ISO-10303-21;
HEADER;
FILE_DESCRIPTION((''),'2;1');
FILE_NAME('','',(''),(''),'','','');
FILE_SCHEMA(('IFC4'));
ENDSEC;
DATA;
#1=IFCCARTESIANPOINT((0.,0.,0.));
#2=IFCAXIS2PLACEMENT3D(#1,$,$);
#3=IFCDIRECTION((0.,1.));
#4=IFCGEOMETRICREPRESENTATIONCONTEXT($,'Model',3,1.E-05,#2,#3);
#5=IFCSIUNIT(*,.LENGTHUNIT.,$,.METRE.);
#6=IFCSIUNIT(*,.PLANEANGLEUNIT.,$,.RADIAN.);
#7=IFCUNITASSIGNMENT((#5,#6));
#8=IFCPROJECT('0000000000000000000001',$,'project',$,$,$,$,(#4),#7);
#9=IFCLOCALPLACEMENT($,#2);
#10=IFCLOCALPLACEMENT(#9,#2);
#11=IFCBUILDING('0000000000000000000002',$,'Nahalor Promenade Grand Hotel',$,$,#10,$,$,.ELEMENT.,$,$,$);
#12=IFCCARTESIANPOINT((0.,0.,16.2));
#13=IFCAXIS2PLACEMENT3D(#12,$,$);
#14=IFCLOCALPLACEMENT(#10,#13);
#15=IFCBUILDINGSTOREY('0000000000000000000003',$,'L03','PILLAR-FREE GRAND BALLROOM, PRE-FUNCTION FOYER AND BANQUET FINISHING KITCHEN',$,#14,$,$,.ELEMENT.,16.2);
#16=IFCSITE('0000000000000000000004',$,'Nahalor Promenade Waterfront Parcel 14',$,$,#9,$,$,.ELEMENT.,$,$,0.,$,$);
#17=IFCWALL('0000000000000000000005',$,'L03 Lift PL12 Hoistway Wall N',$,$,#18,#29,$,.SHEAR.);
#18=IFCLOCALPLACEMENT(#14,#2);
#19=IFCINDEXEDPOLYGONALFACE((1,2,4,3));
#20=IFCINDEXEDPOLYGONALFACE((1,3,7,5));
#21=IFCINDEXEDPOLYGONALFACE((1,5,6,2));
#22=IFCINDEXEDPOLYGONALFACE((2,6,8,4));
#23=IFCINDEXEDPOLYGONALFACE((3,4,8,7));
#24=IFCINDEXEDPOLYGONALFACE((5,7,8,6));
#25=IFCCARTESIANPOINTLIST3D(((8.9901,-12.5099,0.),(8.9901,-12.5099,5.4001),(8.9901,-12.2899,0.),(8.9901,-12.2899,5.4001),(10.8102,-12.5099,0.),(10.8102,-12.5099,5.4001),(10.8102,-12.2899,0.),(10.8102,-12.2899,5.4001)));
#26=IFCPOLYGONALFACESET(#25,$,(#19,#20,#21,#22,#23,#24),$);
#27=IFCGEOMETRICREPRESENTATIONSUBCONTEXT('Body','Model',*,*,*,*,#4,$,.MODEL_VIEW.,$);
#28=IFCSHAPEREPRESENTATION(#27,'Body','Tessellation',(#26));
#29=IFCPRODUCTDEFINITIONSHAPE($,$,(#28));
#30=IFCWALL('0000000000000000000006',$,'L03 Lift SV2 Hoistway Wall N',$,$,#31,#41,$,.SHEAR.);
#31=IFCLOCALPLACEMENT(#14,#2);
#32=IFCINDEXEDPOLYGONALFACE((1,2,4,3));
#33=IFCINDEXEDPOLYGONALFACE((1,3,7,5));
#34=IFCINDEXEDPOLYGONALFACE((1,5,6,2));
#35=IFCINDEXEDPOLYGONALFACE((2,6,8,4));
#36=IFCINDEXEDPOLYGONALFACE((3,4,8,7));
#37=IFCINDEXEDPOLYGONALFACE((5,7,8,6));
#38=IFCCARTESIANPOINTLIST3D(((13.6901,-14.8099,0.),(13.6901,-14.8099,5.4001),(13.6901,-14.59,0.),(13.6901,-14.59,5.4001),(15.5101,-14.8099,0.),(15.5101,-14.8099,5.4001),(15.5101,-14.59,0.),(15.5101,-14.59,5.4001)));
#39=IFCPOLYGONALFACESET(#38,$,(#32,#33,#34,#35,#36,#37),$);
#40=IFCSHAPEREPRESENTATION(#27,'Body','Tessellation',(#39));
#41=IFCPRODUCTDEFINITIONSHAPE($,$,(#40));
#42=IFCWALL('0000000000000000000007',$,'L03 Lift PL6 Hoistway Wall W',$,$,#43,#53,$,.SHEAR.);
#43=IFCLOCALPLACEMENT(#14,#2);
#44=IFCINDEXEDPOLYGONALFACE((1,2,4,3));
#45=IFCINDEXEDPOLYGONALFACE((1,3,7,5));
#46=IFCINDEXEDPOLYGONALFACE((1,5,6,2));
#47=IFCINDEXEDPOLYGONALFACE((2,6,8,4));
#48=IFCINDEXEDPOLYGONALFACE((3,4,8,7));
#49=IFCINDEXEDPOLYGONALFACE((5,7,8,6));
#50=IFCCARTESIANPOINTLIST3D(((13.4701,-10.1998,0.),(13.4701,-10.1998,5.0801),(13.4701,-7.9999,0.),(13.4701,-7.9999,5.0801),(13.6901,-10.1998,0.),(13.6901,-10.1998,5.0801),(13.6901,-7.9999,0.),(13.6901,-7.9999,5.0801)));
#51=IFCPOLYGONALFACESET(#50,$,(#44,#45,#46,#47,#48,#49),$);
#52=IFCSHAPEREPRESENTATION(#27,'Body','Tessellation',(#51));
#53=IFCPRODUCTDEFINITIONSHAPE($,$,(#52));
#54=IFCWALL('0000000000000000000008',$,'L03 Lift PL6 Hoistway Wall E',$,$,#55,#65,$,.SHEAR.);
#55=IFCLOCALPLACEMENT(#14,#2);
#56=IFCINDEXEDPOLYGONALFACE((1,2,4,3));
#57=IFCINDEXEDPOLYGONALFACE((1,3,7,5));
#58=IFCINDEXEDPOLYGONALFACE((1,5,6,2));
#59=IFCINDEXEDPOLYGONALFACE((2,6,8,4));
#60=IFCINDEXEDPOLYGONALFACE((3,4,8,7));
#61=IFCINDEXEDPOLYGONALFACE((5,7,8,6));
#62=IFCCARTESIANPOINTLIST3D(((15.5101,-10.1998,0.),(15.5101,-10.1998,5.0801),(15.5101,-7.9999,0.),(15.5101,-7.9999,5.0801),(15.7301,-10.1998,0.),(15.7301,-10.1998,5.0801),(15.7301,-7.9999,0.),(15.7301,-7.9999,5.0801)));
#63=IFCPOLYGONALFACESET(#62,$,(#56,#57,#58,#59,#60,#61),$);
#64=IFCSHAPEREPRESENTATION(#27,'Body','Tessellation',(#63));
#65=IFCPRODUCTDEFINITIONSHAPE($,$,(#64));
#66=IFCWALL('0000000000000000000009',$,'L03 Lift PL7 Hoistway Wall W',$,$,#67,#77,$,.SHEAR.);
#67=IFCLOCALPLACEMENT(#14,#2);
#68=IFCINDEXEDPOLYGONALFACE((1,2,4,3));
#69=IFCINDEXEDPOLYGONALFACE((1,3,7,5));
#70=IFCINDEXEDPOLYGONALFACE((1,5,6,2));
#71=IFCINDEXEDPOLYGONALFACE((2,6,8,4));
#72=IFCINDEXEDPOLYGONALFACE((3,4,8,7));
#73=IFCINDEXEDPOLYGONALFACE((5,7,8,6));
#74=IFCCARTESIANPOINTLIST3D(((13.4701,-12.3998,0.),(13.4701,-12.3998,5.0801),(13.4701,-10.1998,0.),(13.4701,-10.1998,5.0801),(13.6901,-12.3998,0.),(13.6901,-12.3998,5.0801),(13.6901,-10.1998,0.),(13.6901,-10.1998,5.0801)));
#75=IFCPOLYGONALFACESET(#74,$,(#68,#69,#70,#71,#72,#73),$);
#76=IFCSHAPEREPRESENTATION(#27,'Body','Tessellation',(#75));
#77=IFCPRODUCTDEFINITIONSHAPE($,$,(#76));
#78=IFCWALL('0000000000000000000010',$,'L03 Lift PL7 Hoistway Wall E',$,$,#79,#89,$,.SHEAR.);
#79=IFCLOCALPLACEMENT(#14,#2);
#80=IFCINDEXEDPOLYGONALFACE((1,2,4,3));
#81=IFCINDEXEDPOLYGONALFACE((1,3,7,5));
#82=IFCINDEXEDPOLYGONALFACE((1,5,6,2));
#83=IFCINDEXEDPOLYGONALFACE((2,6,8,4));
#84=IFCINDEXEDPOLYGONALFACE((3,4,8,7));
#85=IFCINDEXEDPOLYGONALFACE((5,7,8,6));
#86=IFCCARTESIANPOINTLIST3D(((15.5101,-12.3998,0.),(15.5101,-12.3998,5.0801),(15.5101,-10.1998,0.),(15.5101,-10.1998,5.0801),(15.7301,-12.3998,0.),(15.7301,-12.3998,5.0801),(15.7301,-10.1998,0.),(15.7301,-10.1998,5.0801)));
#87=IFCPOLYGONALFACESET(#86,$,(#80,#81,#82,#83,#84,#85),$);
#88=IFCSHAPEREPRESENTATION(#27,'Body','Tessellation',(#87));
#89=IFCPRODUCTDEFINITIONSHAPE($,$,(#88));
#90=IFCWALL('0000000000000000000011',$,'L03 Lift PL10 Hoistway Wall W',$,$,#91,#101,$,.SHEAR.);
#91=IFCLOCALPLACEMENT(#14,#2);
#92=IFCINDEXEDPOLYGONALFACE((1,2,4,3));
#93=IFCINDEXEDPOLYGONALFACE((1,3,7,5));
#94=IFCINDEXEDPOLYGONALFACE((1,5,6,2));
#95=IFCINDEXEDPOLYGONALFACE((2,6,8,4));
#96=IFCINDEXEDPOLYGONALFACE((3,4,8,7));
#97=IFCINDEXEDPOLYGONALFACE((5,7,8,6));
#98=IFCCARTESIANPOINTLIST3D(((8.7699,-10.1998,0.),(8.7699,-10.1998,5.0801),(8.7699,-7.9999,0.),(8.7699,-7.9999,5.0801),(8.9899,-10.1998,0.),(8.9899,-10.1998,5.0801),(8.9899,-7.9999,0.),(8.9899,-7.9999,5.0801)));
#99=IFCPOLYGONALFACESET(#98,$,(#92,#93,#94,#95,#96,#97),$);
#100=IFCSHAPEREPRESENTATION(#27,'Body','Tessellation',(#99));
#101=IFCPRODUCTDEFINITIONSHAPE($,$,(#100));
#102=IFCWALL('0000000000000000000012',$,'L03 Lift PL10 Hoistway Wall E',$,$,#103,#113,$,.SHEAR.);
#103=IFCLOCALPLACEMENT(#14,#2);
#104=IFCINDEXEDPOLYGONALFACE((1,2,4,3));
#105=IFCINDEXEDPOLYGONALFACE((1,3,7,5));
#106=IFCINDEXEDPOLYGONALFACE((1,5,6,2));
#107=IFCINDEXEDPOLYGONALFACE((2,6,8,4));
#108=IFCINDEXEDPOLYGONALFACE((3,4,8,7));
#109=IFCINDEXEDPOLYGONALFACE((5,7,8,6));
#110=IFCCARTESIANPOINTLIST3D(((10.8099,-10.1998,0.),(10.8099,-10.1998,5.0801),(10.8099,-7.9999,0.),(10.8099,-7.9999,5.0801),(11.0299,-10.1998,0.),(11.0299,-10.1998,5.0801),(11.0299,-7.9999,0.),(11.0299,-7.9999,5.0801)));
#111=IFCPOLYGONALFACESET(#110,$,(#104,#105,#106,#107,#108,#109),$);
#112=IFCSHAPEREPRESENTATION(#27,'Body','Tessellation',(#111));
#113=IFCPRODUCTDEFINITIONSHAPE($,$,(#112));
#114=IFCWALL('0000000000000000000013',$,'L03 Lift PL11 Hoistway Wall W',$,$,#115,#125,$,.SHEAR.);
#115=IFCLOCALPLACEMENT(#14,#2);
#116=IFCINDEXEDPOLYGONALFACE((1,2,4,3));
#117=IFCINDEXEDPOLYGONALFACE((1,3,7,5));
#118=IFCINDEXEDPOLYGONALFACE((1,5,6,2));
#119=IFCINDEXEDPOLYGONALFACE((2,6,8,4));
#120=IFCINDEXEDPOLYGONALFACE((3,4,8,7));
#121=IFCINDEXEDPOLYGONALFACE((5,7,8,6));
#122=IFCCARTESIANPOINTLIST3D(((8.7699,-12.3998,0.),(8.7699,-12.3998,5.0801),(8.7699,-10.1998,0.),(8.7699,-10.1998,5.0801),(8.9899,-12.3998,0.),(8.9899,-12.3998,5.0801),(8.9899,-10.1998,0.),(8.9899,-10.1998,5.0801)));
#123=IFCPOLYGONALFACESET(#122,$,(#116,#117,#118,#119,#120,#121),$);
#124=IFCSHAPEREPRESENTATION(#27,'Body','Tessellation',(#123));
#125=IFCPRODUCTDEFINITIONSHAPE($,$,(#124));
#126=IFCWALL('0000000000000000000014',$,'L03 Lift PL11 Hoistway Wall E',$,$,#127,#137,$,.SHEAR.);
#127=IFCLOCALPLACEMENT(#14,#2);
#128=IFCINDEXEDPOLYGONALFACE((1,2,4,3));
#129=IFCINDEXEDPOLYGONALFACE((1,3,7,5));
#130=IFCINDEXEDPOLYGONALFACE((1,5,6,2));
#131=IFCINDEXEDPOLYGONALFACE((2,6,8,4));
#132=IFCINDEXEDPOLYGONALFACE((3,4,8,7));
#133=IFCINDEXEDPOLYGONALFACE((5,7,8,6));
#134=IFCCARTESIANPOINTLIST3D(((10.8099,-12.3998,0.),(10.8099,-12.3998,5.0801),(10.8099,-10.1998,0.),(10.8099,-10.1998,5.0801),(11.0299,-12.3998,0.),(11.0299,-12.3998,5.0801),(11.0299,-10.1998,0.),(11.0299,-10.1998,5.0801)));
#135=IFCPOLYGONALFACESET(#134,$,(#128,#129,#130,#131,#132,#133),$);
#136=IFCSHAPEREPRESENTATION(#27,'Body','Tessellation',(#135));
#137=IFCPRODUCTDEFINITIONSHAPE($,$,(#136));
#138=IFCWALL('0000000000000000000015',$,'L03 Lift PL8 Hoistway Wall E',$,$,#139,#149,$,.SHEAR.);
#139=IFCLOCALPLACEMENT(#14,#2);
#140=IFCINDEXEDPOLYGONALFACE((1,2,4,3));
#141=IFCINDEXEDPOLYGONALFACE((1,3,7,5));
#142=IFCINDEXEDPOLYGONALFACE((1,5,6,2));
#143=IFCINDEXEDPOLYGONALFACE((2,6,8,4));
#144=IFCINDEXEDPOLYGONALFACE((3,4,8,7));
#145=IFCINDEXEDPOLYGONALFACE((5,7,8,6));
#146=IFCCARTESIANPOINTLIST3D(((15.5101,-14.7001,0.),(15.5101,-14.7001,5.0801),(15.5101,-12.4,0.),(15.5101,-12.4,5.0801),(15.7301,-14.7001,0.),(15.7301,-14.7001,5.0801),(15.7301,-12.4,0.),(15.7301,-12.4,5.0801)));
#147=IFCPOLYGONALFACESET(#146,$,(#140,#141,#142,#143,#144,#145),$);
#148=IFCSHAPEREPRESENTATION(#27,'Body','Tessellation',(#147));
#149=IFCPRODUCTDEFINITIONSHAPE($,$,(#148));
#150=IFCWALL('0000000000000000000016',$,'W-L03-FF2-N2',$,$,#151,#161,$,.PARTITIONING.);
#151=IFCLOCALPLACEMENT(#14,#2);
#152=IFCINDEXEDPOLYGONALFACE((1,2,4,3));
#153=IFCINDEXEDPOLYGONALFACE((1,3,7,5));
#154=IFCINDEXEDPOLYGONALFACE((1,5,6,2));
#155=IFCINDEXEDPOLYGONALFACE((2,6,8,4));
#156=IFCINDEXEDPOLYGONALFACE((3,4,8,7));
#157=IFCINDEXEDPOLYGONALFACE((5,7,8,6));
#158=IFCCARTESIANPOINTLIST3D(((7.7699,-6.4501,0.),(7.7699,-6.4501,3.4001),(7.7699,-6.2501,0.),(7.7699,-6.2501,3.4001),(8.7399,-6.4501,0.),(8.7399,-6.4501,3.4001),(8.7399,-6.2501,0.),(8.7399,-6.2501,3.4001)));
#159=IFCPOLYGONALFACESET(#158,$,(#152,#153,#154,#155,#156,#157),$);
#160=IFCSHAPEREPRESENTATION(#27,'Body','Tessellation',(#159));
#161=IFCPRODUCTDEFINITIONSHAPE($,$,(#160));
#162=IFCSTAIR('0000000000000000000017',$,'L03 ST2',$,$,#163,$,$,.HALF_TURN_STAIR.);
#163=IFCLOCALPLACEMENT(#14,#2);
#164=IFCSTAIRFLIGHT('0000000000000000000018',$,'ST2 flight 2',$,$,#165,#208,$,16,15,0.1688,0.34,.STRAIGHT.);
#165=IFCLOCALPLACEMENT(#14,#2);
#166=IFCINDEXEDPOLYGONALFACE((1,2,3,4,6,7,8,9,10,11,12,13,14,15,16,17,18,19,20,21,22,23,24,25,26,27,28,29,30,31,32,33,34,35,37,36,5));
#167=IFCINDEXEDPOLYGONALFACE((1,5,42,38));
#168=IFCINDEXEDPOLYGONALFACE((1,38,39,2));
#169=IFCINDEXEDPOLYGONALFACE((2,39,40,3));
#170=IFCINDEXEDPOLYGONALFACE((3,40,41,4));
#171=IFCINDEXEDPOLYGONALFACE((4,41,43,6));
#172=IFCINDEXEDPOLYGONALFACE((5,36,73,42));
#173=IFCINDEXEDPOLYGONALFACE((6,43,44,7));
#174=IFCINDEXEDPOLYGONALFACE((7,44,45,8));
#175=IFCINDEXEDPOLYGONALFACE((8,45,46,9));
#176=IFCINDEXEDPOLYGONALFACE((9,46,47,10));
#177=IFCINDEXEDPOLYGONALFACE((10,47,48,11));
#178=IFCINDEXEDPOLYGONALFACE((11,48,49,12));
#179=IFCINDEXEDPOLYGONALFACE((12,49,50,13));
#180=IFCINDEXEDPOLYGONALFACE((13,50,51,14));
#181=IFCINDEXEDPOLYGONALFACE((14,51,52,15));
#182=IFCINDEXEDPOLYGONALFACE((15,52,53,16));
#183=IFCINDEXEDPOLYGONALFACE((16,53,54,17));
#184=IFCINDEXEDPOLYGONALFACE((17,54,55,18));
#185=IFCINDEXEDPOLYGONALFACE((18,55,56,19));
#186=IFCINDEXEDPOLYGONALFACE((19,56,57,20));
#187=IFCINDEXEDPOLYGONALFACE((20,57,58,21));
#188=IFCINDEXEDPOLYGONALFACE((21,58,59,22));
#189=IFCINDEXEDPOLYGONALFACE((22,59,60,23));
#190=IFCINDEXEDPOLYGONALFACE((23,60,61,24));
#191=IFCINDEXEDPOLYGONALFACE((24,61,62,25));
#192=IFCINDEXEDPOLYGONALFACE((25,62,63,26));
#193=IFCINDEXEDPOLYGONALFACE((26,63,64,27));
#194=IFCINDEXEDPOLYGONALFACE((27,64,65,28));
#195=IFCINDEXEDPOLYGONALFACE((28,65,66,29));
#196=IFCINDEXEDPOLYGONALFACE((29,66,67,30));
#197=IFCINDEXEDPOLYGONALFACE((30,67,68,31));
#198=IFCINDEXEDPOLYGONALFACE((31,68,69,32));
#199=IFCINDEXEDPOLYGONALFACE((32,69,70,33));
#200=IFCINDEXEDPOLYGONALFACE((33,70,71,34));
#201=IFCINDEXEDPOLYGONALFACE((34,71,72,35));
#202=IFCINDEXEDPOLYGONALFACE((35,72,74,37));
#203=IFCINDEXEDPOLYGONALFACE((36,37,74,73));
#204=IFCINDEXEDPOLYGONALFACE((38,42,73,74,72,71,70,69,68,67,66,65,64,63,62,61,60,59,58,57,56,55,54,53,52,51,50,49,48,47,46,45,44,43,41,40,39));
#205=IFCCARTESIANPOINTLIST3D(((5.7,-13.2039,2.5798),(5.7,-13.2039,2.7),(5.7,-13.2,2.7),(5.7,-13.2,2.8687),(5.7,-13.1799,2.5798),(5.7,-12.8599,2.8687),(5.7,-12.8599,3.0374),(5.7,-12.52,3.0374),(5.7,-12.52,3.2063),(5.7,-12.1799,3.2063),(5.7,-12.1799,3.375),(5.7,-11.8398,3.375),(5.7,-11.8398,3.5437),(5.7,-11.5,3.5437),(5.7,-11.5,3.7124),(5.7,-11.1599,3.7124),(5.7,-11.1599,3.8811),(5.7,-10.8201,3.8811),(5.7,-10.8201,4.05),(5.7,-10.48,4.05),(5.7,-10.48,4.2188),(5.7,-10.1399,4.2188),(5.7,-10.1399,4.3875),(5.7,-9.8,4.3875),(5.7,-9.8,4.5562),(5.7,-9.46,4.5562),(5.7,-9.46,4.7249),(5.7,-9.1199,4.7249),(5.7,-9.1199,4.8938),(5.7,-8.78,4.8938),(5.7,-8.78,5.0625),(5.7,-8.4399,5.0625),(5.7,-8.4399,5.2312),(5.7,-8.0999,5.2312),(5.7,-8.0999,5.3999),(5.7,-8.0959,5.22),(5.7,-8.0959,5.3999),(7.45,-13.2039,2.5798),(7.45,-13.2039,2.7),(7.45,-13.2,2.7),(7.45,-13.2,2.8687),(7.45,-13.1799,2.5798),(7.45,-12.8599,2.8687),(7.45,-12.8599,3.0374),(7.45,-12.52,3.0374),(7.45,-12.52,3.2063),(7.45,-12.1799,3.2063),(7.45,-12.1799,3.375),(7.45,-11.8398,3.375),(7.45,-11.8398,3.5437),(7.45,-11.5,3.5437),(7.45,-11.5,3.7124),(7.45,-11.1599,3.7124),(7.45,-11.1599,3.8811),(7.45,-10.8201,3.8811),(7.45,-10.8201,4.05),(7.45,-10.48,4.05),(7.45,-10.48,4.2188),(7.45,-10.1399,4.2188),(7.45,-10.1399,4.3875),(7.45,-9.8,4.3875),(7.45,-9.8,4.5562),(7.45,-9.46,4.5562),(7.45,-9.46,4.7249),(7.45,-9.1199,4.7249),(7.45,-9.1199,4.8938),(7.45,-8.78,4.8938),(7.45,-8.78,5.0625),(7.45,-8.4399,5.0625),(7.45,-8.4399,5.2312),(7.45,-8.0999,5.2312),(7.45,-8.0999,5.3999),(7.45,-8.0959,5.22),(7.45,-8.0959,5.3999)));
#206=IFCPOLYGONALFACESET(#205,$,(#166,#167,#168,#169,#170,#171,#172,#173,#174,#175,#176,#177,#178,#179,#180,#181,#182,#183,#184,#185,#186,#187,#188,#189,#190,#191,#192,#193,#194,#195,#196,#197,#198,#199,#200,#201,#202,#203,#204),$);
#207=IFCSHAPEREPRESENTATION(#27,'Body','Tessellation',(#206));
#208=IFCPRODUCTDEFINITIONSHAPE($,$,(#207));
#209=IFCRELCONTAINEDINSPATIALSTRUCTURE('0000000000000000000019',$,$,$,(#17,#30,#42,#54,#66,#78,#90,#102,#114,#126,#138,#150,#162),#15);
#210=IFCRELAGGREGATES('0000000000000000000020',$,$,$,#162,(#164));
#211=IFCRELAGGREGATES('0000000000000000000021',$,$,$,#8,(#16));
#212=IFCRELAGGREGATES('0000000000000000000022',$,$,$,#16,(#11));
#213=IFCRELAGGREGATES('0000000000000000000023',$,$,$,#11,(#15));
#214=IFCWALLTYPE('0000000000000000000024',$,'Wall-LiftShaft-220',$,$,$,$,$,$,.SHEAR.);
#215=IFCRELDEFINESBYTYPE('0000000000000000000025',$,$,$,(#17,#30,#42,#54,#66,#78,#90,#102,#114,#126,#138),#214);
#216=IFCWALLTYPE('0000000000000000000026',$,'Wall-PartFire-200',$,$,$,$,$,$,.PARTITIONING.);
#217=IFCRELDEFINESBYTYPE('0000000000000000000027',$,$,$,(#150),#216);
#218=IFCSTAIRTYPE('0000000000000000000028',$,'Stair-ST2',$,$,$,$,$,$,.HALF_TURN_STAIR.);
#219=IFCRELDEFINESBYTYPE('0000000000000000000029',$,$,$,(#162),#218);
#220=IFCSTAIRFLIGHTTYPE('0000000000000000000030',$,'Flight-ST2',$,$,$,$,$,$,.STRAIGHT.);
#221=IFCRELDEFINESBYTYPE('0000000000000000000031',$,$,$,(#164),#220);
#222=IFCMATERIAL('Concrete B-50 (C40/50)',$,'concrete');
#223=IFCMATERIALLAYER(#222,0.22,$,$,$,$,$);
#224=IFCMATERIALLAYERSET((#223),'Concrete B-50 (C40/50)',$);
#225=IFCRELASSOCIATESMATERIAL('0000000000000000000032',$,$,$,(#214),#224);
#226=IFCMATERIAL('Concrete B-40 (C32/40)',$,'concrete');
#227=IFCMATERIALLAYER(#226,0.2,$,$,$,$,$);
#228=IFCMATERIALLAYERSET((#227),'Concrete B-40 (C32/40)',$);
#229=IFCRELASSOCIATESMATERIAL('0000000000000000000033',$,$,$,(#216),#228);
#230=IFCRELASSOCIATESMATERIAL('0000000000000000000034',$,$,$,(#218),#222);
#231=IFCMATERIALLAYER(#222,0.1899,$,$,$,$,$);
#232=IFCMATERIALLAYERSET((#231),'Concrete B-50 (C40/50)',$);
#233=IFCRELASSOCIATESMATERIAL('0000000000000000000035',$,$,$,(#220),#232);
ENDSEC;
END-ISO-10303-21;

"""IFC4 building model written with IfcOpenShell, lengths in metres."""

from ifc_helpers import new_model, si_unit, direction, frame, frame_2d, origin, place, context, subcontext, project, spatial, polyline, rectangle, outline, extrude, source, transform, mapped, material, layer, layer_set, type_object, element, aggregate, save


model = new_model("IFC4")

# Units and contexts
model_context = context("Model", 3, precision=1e-05, world=origin(), true_north=direction((0.0, 1.0)))
body_context = subcontext(model_context, "Body", "Model", "MODEL_VIEW")
ifc_project = project(units=[si_unit("LENGTHUNIT", "METRE"), si_unit("PLANEANGLEUNIT", "RADIAN")], contexts=[model_context])

# Site, building, storey
site_placement = place(None, origin())
site = spatial("IfcSite", under=ifc_project, at=site_placement, Name="Nahalor Promenade Waterfront Parcel 14", CompositionType="ELEMENT", RefElevation=0.0)
building_placement = place(site_placement, origin())
building = spatial("IfcBuilding", under=site, at=building_placement, Name="Nahalor Promenade Grand Hotel", CompositionType="ELEMENT")
storey_placement = place(building_placement, frame((0.0, 0.0, 16.2)))
storey = spatial("IfcBuildingStorey", under=building, at=storey_placement, Name="L03", Description="PILLAR-FREE GRAND BALLROOM, PRE-FUNCTION FOYER AND BANQUET FINISHING KITCHEN", CompositionType="ELEMENT", Elevation=16.2)

# Walls
ifc_material_1 = material(Name="Concrete B-50 (C40/50)", Category="concrete")
ifc_layer_1 = layer(ifc_material_1, 0.22)
ifc_layer_set_1 = layer_set([ifc_layer_1], Name="Concrete B-50 (C40/50)")
wall_type_1 = type_object("IfcWallType", Name="Wall-LiftShaft-220", PredefinedType="SHEAR", material=ifc_layer_set_1)
shared_shape_1 = source(origin(), body_context, "Body", "SweptSolid", [
    extrude(rectangle(XDim=1.8201, YDim=0.22, at=frame_2d((0.9102, 0.0))), origin(), (0.0, 0.0, 1.0), 5.4001),
])
for number, where, z_axis, x_axis, name in (
    (1, (8.99, -12.3999, 0.0), (0.0, 0.0, 1.0), (1.0, 0.0, 0.0), "L03 Lift PL12 Hoistway Wall N"),
    (2, (13.6899, -14.7, 0.0), (0.0, 0.0, 1.0), (1.0, 0.0, 0.0), "L03 Lift SV2 Hoistway Wall N"),
):
    element("IfcWall", number, at=place(storey_placement, frame(where, z_axis=z_axis, x_axis=x_axis)), inside=storey, type_object=wall_type_1, Name=name, PredefinedType="SHEAR", context=body_context, shape_type="MappedRepresentation", body=[
        mapped(shared_shape_1, transform((0.0, 0.0, 0.0), scale=1.0)),
    ])
shared_shape_2 = source(origin(), body_context, "Body", "SweptSolid", [
    extrude(rectangle(XDim=2.2, YDim=0.22, at=frame_2d((1.1001, 0.0))), origin(), (0.0, 0.0, 1.0), 5.0801),
])
for number, where, z_axis, x_axis, name in (
    (3, (13.5801, -10.2, 0.0), (0.0, 0.0, 1.0), (0.0, 1.0, 0.0), "L03 Lift PL6 Hoistway Wall W"),
    (4, (15.6201, -10.2, 0.0), (0.0, 0.0, 1.0), (0.0, 1.0, 0.0), "L03 Lift PL6 Hoistway Wall E"),
    (5, (13.5801, -12.3999, 0.0), (0.0, 0.0, 1.0), (0.0, 1.0, 0.0), "L03 Lift PL7 Hoistway Wall W"),
    (6, (15.6201, -12.3999, 0.0), (0.0, 0.0, 1.0), (0.0, 1.0, 0.0), "L03 Lift PL7 Hoistway Wall E"),
    (7, (8.8799, -10.2, 0.0), (0.0, 0.0, 1.0), (0.0, 1.0, 0.0), "L03 Lift PL10 Hoistway Wall W"),
    (8, (10.9199, -10.2, 0.0), (0.0, 0.0, 1.0), (0.0, 1.0, 0.0), "L03 Lift PL10 Hoistway Wall E"),
    (9, (8.8799, -12.3999, 0.0), (0.0, 0.0, 1.0), (0.0, 1.0, 0.0), "L03 Lift PL11 Hoistway Wall W"),
    (10, (10.9199, -12.3999, 0.0), (0.0, 0.0, 1.0), (0.0, 1.0, 0.0), "L03 Lift PL11 Hoistway Wall E"),
):
    element("IfcWall", number, at=place(storey_placement, frame(where, z_axis=z_axis, x_axis=x_axis)), inside=storey, type_object=wall_type_1, Name=name, PredefinedType="SHEAR", context=body_context, shape_type="MappedRepresentation", body=[
        mapped(shared_shape_2, transform((0.0, 0.0, 0.0), scale=1.0)),
    ])
shared_shape_3 = source(origin(), body_context, "Body", "SweptSolid", [
    extrude(rectangle(XDim=2.3, YDim=0.22, at=frame_2d((1.1499, 0.0))), origin(), (0.0, 0.0, 1.0), 5.0801),
])
wall_1_placement = place(storey_placement, frame((15.6201, -14.7, 0.0), z_axis=(0.0, 0.0, 1.0), x_axis=(0.0, 1.0, 0.0)))
element("IfcWall", 11, at=wall_1_placement, inside=storey, type_object=wall_type_1, Name="L03 Lift PL8 Hoistway Wall E", PredefinedType="SHEAR", context=body_context, shape_type="MappedRepresentation", body=[
    mapped(shared_shape_3, transform((0.0, 0.0, 0.0), scale=1.0)),
])
ifc_material_2 = material(Name="Concrete B-40 (C32/40)", Category="concrete")
ifc_layer_2 = layer(ifc_material_2, 0.2)
ifc_layer_set_2 = layer_set([ifc_layer_2], Name="Concrete B-40 (C32/40)")
wall_type_2 = type_object("IfcWallType", Name="Wall-PartFire-200", PredefinedType="PARTITIONING", material=ifc_layer_set_2)
shared_shape_4 = source(origin(), body_context, "Body", "SweptSolid", [
    extrude(rectangle(XDim=0.97, YDim=0.2, at=frame_2d((0.4849, 0.0))), origin(), (0.0, 0.0, 1.0), 3.4001),
])
wall_2_placement = place(storey_placement, frame((7.77, -6.3501, 0.0), z_axis=(0.0, 0.0, 1.0), x_axis=(1.0, 0.0, 0.0)))
element("IfcWall", 12, at=wall_2_placement, inside=storey, type_object=wall_type_2, Name="W-L03-FF2-N2", PredefinedType="PARTITIONING", context=body_context, shape_type="MappedRepresentation", body=[
    mapped(shared_shape_4, transform((0.0, 0.0, 0.0), scale=1.0)),
])

# Stair, stair flight
stair_type = type_object("IfcStairType", Name="Stair-ST2", PredefinedType="HALF_TURN_STAIR", material=ifc_material_1)
stair_placement = place(storey_placement, origin())
stair = element("IfcStair", 13, at=stair_placement, inside=storey, type_object=stair_type, Name="L03 ST2", PredefinedType="HALF_TURN_STAIR")
ifc_layer_3 = layer(ifc_material_1, 0.1899)
ifc_layer_set_3 = layer_set([ifc_layer_3], Name="Concrete B-50 (C40/50)")
stair_flight_type = type_object("IfcStairFlightType", Name="Flight-ST2", PredefinedType="STRAIGHT", material=ifc_layer_set_3)
shared_shape_5 = source(origin(), body_context, "Body", "SweptSolid", [
    extrude(outline(polyline([(-0.0039, -0.1201), (-0.0039, 0.0), (0.0, 0.0), (0.0, 0.1687), (0.3401, 0.1687), (0.3401, 0.3374), (0.6799, 0.3374), (0.6799, 0.5063), (1.02, 0.5063), (1.02, 0.675), (1.3601, 0.675), (1.3601, 0.8438), (1.7, 0.8438), (1.7, 1.0125), (2.04, 1.0125), (2.04, 1.1812), (2.3799, 1.1812), (2.3799, 1.3501), (2.72, 1.3501), (2.72, 1.5188), (3.0601, 1.5188), (3.0601, 1.6875), (3.3999, 1.6875), (3.3999, 1.8562), (3.74, 1.8562), (3.74, 2.0249), (4.0801, 2.0249), (4.0801, 2.1938), (4.4199, 2.1938), (4.4199, 2.3625), (4.76, 2.3625), (4.76, 2.5312), (5.1001, 2.5312), (5.1001, 2.7), (5.104, 2.7), (5.104, 2.52), (0.02, -0.1201), (-0.0039, -0.1201)])), frame((0.0, 0.875, 0.0), z_axis=(0.0, -1.0, 0.0), x_axis=(1.0, 0.0, 0.0)), (0.0, 0.0, 1.0), 1.75),
])
stair_flight_placement = place(storey_placement, frame((6.575, -13.2, 2.7), z_axis=(0.0, 0.0, 1.0), x_axis=(0.0, 1.0, 0.0)))
stair_flight = element("IfcStairFlight", 14, at=stair_flight_placement, type_object=stair_flight_type, Name="ST2 flight 2", NumberOfRisers=16, NumberOfTreads=15, PredefinedType="STRAIGHT", RiserHeight=0.1688, TreadLength=0.34, context=body_context, shape_type="MappedRepresentation", body=[
    mapped(shared_shape_5, transform((0.0, 0.0, 0.0), scale=1.0)),
])
aggregate(stair, [stair_flight])

save(model, "model.ifc")
